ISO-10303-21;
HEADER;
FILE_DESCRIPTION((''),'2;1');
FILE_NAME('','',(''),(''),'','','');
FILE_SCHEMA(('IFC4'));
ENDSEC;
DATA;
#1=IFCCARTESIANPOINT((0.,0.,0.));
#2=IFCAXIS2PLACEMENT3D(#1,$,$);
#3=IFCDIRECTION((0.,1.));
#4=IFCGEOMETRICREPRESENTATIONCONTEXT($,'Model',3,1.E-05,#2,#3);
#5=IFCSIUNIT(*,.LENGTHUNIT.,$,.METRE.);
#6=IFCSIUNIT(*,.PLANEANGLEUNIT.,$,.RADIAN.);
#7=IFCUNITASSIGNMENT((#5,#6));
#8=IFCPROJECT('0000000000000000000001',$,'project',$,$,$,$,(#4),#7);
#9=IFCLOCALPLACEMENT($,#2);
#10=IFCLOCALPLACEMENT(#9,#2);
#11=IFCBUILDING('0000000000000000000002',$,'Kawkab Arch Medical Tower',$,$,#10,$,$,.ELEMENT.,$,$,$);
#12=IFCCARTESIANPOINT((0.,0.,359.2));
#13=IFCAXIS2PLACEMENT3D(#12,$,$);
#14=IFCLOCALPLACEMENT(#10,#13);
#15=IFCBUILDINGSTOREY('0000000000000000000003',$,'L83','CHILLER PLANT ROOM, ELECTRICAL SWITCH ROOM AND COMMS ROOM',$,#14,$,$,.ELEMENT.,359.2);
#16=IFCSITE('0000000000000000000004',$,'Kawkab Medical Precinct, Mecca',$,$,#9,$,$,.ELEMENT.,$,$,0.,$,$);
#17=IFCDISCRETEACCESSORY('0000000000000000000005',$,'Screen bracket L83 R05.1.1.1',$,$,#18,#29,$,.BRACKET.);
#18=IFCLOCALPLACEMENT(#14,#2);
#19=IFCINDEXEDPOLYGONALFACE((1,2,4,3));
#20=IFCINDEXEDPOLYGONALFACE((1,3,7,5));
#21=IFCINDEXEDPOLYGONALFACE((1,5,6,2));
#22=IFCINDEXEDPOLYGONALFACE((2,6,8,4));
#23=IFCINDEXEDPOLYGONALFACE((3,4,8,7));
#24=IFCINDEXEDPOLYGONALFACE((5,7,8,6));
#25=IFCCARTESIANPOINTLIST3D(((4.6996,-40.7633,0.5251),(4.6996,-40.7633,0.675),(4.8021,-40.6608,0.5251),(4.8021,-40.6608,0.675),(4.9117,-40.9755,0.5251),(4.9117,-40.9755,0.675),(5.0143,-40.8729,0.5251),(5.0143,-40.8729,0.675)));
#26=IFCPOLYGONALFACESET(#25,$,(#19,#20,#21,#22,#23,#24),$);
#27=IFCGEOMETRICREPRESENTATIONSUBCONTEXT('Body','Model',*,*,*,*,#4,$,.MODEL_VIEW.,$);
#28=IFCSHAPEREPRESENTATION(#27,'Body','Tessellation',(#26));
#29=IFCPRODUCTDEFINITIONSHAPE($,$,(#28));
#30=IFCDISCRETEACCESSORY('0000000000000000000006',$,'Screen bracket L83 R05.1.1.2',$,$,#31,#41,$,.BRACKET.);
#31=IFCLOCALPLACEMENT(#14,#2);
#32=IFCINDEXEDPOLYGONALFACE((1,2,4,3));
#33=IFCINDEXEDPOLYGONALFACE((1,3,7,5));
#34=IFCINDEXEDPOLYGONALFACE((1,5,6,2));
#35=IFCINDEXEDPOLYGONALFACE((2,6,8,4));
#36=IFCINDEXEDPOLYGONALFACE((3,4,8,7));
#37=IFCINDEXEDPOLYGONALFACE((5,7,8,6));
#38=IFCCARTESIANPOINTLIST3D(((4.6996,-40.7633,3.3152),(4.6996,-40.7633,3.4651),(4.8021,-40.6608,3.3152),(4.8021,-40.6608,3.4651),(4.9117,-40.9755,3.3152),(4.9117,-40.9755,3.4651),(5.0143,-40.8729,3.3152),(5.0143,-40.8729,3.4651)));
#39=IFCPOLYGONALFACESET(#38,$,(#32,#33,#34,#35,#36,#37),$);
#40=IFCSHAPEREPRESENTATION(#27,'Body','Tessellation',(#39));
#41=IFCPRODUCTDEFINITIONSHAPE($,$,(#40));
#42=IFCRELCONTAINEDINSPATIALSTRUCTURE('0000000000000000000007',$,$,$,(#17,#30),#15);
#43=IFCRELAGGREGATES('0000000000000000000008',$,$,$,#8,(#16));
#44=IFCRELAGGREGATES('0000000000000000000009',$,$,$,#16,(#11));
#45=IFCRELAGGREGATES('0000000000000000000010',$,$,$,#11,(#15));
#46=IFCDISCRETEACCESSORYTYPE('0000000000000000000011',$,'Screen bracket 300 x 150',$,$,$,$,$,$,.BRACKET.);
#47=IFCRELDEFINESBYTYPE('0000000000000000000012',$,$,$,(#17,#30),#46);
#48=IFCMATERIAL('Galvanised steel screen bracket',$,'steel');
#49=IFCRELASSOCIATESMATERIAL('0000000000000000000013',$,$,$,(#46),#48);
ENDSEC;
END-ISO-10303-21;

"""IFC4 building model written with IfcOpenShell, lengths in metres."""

from ifc_helpers import new_model, si_unit, direction, frame, origin, origin_2d, place, context, subcontext, project, spatial, rectangle, extrude, material, type_object, element, save


model = new_model("IFC4")

# Units and contexts
model_context = context("Model", 3, precision=1e-05, world=origin(), true_north=direction((0.0, 1.0)))
body_context = subcontext(model_context, "Body", "Model", "MODEL_VIEW")
ifc_project = project(units=[si_unit("LENGTHUNIT", "METRE"), si_unit("PLANEANGLEUNIT", "RADIAN")], contexts=[model_context])

# Site, building, storey
site_placement = place(None, origin())
site = spatial("IfcSite", under=ifc_project, at=site_placement, Name="Kawkab Medical Precinct, Mecca", CompositionType="ELEMENT", RefElevation=0.0)
building_placement = place(site_placement, origin())
building = spatial("IfcBuilding", under=site, at=building_placement, Name="Kawkab Arch Medical Tower", CompositionType="ELEMENT")
storey_placement = place(building_placement, frame((0.0, 0.0, 359.2)))
storey = spatial("IfcBuildingStorey", under=building, at=storey_placement, Name="L83", Description="CHILLER PLANT ROOM, ELECTRICAL SWITCH ROOM AND COMMS ROOM", CompositionType="ELEMENT", Elevation=359.2)

# Discrete accessories
ifc_material_1 = material(Name="Galvanised steel screen bracket", Category="steel")
discrete_accessory_type = type_object("IfcDiscreteAccessoryType", Name="Screen bracket 300 x 150", PredefinedType="BRACKET", material=ifc_material_1)
for number, where, z_axis, x_axis, name in (
    (1, (4.8569, -40.8181, 0.5251), (0.0, 0.0, 1.0), (0.707107, -0.707107, 0.0), "Screen bracket L83 R05.1.1.1"),
    (2, (4.8569, -40.8181, 3.3152), (0.0, 0.0, 1.0), (0.707107, -0.707107, 0.0), "Screen bracket L83 R05.1.1.2"),
):
    element("IfcDiscreteAccessory", number, at=place(storey_placement, frame(where, z_axis=z_axis, x_axis=x_axis)), inside=storey, type_object=discrete_accessory_type, Name=name, PredefinedType="BRACKET", context=body_context, shape_type="SweptSolid", body=[
        extrude(rectangle(XDim=0.3, YDim=0.145, at=origin_2d()), origin(), (0.0, 0.0, 1.0), 0.1499),
    ])

save(model, "model.ifc")
